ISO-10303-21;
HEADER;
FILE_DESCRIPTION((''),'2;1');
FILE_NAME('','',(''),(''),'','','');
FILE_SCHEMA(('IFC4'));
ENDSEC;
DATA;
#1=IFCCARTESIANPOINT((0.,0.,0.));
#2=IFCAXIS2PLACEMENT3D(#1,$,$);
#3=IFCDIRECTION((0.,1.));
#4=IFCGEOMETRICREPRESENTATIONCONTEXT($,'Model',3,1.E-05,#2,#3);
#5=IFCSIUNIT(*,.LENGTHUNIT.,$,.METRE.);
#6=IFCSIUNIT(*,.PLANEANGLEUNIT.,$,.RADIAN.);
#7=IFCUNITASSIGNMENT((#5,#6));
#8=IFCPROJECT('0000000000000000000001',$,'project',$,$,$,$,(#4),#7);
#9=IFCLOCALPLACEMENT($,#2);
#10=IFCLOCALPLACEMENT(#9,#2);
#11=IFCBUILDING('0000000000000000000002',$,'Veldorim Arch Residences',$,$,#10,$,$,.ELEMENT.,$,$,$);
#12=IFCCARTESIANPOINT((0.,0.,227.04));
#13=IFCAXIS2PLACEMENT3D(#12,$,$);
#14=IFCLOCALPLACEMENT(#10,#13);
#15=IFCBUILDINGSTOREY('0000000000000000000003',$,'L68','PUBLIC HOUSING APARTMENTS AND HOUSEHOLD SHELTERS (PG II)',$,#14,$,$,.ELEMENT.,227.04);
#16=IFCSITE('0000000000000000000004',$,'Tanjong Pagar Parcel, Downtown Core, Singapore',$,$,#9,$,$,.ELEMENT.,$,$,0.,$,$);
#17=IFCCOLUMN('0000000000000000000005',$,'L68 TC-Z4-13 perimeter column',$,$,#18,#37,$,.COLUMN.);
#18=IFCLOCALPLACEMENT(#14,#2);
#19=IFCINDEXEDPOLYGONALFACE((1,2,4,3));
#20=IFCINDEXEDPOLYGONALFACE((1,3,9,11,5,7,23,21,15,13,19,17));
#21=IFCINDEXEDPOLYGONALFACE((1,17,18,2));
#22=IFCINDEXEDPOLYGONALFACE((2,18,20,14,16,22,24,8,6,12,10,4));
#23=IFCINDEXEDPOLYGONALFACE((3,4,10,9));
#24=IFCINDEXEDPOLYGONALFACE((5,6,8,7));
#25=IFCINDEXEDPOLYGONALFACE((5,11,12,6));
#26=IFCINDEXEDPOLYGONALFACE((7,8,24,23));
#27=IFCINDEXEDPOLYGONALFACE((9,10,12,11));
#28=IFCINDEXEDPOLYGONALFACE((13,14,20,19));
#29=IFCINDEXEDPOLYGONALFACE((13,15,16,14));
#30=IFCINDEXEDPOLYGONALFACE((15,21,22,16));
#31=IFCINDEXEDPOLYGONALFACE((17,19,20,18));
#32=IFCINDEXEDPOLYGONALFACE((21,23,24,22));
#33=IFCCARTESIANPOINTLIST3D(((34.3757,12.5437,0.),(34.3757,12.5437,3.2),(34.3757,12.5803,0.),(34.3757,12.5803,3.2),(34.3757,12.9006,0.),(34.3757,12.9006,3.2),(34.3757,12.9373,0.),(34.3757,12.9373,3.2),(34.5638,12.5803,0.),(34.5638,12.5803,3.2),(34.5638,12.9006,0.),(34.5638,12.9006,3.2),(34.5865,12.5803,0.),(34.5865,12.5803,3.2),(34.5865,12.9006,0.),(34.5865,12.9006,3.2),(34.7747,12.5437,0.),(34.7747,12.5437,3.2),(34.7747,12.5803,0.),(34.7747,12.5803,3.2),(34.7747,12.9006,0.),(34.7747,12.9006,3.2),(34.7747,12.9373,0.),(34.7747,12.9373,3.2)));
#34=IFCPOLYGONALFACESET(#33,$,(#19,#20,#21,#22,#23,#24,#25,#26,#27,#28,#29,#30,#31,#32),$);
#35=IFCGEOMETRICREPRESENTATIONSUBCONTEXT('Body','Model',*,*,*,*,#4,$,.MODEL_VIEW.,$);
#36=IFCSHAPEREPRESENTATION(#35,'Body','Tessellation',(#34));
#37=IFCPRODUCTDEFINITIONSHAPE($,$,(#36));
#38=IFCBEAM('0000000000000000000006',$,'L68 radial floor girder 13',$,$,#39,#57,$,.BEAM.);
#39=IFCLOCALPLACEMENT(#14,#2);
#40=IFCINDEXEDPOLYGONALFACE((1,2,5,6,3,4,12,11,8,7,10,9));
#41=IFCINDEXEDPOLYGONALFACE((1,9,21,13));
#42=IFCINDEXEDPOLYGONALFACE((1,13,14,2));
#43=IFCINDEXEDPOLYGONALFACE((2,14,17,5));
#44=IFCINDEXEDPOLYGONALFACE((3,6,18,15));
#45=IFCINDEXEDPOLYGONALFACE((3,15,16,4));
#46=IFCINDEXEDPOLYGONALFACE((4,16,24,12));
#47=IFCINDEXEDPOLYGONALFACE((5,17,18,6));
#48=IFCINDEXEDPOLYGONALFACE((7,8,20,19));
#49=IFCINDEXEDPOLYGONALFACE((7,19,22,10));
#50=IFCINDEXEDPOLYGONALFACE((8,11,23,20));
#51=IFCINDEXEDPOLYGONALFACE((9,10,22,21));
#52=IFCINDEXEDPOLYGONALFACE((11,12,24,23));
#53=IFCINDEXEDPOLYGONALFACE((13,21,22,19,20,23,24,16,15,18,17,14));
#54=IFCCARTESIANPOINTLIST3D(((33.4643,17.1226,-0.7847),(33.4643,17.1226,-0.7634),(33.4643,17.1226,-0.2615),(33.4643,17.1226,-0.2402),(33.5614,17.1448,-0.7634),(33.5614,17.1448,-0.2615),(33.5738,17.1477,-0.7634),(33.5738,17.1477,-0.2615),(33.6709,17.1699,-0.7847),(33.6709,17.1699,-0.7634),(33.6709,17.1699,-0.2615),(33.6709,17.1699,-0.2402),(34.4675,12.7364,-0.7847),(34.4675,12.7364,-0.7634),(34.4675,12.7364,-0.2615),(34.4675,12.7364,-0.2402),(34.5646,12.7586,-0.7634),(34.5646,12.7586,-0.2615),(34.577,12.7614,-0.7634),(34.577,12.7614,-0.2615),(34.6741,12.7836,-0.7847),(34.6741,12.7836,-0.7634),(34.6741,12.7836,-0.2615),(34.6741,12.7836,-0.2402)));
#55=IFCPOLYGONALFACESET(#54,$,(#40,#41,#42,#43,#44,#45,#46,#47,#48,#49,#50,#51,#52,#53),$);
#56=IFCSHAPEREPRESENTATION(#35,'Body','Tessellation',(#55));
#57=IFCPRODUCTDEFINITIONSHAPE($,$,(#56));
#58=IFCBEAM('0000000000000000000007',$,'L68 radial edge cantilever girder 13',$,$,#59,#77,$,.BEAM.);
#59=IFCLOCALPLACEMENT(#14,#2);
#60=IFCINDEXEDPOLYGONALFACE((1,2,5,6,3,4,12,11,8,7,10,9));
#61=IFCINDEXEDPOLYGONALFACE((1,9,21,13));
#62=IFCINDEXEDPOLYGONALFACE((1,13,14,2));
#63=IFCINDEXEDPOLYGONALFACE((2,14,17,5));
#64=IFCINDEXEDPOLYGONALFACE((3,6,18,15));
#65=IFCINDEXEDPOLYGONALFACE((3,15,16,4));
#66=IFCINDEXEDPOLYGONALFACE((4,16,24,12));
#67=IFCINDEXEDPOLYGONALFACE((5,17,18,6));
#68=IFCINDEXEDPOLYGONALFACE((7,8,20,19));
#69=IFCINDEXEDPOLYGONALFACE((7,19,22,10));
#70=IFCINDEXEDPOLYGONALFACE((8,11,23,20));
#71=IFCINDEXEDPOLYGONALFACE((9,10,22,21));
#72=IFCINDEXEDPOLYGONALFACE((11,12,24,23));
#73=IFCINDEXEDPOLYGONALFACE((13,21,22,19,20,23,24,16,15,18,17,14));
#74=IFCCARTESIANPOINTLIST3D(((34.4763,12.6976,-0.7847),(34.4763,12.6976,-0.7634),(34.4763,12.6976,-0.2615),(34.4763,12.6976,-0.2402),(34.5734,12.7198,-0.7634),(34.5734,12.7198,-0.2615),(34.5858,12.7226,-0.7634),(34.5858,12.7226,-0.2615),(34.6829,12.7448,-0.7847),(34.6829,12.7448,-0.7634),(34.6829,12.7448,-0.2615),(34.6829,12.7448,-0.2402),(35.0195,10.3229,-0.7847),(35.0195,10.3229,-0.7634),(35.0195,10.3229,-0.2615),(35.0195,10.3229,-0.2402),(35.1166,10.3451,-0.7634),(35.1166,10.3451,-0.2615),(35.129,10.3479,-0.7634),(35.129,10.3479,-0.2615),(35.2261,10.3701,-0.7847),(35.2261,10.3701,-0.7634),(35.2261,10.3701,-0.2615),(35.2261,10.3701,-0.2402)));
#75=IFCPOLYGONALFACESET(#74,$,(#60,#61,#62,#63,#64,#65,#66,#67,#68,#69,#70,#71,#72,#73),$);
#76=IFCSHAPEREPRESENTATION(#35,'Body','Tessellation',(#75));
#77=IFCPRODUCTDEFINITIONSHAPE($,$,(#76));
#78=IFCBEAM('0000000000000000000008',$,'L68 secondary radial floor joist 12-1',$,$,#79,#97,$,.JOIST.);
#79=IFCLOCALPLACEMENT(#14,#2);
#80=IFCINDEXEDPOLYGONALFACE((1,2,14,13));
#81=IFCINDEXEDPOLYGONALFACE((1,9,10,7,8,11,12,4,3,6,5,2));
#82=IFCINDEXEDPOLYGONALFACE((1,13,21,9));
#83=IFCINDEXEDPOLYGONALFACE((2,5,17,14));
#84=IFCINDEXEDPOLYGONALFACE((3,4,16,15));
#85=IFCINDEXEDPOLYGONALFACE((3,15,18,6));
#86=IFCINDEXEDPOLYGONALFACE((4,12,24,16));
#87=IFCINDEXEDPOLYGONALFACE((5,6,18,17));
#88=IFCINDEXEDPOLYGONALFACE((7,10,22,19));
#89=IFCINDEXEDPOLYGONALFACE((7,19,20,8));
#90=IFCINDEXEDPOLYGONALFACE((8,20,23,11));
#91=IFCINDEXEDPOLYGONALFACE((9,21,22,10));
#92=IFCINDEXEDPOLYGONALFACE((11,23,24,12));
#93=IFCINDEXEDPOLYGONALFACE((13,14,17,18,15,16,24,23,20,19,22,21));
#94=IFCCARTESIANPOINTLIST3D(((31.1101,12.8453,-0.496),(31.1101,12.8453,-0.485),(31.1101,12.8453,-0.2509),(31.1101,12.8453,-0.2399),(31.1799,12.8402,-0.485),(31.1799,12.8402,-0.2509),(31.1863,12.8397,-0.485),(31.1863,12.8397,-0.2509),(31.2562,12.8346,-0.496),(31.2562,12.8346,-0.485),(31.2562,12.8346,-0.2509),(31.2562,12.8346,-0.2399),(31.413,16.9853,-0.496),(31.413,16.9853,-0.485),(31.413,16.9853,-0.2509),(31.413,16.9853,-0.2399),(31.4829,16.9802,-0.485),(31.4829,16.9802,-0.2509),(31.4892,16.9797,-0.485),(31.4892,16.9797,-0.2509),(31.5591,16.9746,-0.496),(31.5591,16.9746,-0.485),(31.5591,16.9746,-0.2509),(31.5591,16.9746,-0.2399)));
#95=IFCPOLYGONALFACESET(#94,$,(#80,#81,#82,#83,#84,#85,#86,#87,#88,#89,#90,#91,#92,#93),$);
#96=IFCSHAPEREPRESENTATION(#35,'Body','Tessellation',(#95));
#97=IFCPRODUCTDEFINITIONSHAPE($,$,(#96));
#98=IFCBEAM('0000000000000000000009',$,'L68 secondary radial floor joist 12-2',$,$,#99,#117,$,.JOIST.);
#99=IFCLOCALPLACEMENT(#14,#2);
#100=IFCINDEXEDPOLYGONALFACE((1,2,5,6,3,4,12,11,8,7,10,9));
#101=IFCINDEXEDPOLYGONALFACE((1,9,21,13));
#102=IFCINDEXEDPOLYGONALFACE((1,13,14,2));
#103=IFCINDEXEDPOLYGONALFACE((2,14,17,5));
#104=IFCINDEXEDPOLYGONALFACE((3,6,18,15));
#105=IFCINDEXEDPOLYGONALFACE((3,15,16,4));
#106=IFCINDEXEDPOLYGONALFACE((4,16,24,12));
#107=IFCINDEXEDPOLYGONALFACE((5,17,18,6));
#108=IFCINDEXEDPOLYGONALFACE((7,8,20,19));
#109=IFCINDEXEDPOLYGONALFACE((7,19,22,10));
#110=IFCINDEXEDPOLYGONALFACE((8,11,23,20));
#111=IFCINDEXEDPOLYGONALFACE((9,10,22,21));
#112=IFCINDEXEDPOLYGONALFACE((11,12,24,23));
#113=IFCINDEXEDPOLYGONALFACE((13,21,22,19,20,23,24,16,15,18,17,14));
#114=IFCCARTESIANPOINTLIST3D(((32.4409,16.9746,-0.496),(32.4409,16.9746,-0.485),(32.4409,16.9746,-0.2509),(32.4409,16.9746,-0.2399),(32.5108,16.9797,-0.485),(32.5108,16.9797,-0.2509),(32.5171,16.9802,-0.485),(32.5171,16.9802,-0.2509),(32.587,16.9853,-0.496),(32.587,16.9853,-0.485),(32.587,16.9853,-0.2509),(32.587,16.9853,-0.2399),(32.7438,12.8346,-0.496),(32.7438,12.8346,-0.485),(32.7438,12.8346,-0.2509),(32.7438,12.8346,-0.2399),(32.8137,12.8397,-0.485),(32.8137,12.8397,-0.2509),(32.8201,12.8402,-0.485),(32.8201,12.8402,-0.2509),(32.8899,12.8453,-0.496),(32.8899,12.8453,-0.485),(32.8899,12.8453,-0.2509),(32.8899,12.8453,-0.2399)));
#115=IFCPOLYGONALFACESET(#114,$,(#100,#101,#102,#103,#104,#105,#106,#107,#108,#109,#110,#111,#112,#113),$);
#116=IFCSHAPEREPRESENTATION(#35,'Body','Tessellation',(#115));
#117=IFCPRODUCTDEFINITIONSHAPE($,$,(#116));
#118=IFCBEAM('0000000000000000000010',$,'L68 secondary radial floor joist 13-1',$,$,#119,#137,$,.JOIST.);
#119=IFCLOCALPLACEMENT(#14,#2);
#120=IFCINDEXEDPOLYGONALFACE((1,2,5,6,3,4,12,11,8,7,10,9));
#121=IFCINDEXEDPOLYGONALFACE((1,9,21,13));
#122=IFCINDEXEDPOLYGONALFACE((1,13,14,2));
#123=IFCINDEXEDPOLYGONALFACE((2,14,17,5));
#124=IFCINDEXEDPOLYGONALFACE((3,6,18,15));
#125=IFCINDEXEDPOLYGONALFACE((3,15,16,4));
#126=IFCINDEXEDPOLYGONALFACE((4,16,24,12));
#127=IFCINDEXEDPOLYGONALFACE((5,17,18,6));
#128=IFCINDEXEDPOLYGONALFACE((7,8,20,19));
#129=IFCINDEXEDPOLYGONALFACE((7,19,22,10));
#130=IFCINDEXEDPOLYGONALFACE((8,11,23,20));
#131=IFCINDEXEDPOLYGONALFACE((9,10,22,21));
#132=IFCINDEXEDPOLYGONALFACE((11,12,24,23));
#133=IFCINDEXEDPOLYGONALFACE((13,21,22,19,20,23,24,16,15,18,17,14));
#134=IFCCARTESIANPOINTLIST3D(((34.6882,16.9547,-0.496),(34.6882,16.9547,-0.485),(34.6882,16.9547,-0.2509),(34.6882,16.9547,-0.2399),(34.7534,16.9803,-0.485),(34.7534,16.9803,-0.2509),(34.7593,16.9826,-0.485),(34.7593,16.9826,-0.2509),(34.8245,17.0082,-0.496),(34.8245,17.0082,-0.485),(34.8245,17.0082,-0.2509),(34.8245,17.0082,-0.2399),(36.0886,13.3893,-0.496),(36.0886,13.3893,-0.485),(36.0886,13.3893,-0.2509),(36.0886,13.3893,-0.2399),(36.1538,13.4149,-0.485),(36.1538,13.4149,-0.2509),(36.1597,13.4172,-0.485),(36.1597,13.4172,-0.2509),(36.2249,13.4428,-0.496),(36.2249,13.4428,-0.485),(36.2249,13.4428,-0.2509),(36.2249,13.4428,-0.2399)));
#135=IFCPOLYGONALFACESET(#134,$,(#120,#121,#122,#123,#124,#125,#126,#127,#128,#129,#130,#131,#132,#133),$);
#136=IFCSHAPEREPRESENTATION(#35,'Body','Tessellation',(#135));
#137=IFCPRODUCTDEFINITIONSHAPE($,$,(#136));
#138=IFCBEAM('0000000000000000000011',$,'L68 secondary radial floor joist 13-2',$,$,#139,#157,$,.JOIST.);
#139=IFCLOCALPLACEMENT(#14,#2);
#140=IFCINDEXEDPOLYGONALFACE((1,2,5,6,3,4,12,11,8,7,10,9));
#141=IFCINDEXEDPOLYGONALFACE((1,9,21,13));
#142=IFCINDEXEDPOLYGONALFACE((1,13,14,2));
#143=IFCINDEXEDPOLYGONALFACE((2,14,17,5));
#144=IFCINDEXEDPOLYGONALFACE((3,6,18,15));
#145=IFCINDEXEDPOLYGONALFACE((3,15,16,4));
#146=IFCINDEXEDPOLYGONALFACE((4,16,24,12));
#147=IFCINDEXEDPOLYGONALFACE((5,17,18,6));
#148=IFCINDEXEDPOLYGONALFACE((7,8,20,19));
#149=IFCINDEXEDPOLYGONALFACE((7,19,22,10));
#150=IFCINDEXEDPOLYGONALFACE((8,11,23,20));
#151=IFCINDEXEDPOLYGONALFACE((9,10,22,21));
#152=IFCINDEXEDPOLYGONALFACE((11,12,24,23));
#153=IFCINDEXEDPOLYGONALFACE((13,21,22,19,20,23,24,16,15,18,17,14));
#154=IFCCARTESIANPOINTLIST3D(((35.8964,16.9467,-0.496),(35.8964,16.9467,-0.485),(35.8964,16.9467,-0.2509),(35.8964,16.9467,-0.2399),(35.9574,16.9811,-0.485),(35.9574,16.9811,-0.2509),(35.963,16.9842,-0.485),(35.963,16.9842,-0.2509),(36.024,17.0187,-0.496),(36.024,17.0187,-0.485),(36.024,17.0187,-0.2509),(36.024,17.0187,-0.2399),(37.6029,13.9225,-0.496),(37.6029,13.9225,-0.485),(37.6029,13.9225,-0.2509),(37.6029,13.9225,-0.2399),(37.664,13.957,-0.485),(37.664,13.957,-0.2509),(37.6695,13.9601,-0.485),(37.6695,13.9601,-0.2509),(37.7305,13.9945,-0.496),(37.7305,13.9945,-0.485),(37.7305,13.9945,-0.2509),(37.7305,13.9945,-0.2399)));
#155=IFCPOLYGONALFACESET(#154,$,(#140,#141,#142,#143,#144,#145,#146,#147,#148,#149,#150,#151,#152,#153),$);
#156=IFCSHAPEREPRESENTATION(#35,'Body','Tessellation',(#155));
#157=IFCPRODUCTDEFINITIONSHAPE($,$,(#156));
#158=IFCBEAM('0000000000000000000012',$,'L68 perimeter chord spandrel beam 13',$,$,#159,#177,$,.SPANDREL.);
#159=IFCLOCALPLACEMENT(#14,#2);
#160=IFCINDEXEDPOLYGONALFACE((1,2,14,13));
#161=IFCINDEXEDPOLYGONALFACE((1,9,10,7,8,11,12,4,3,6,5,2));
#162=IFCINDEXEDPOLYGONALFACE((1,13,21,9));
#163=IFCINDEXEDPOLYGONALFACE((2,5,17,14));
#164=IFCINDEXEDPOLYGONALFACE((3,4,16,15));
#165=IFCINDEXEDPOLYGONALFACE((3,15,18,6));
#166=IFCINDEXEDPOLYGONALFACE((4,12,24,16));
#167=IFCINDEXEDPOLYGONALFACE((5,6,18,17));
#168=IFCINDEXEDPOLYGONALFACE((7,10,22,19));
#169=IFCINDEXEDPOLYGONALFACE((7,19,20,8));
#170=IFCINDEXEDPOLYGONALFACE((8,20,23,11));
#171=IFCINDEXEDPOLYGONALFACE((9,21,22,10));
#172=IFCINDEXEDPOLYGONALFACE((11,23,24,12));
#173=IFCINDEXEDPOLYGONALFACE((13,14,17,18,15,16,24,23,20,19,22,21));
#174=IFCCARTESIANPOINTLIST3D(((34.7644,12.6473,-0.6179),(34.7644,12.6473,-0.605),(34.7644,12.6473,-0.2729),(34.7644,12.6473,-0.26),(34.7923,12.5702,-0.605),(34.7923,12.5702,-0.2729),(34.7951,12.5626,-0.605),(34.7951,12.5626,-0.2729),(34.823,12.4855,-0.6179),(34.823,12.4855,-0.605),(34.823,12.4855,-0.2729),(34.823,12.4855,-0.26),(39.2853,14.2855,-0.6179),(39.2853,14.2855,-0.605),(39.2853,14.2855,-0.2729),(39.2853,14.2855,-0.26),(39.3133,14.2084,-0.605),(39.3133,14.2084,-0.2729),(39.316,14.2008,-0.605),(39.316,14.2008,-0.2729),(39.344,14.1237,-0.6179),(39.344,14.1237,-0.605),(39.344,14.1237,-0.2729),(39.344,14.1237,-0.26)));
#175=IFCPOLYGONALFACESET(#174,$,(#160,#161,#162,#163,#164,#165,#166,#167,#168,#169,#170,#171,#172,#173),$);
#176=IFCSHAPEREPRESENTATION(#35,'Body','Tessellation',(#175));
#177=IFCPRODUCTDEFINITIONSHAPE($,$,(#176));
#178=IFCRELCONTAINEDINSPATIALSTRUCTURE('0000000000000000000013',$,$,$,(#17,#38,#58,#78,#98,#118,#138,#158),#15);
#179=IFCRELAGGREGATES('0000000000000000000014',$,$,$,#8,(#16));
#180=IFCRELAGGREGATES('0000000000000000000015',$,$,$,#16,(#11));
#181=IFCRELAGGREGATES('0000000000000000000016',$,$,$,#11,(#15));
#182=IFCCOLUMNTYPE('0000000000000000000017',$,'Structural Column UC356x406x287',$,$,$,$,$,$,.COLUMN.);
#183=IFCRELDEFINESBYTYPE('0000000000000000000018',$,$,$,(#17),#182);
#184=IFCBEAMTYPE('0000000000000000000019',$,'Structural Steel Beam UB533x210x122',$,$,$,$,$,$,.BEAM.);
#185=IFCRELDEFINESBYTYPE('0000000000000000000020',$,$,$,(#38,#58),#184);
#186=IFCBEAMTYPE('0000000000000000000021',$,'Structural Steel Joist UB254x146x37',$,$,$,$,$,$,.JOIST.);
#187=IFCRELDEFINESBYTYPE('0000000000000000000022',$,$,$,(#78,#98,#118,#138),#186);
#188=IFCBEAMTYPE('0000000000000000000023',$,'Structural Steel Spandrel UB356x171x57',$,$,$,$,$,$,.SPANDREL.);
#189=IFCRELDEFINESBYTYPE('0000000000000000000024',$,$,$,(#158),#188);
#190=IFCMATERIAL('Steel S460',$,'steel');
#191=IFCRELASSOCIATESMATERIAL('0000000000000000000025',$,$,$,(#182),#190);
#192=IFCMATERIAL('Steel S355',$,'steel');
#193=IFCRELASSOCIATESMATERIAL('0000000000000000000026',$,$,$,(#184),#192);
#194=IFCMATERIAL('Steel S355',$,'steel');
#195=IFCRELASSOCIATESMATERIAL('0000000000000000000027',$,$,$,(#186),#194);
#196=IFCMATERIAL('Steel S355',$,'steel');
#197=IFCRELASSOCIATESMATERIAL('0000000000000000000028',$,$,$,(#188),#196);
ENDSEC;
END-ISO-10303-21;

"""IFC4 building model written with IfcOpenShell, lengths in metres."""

from ifc_helpers import new_model, si_unit, direction, frame, origin, origin_2d, place, context, subcontext, project, spatial, i_section, extrude, material, material_profile, profile_set, type_object, element, save


model = new_model("IFC4")

# Units and contexts
model_context = context("Model", 3, precision=1e-05, world=origin(), true_north=direction((0.0, 1.0)))
body_context = subcontext(model_context, "Body", "Model", "MODEL_VIEW")
ifc_project = project(units=[si_unit("LENGTHUNIT", "METRE"), si_unit("PLANEANGLEUNIT", "RADIAN")], contexts=[model_context])

# Site, building, storey
site_placement = place(None, origin())
site = spatial("IfcSite", under=ifc_project, at=site_placement, Name="Tanjong Pagar Parcel, Downtown Core, Singapore", CompositionType="ELEMENT", RefElevation=0.0)
building_placement = place(site_placement, origin())
building = spatial("IfcBuilding", under=site, at=building_placement, Name="Veldorim Arch Residences", CompositionType="ELEMENT")
storey_placement = place(building_placement, frame((0.0, 0.0, 227.04)))
storey = spatial("IfcBuildingStorey", under=building, at=storey_placement, Name="L68", Description="PUBLIC HOUSING APARTMENTS AND HOUSEHOLD SHELTERS (PG II)", CompositionType="ELEMENT", Elevation=227.04)

# Column
ifc_material_1 = material(Name="Steel S460", Category="steel")
ifc_material_profile_1 = material_profile(ifc_material_1, i_section(OverallWidth=0.3989, OverallDepth=0.3936, WebThickness=0.0227, FlangeThickness=0.0366, at=origin_2d()), Name="UC356x406x287")
ifc_profile_set_1 = profile_set([ifc_material_profile_1], Name="Steel S460")
column_type = type_object("IfcColumnType", Name="Structural Column UC356x406x287", PredefinedType="COLUMN", material=ifc_profile_set_1)
column_placement = place(storey_placement, frame((34.5752, 12.7405, 0.0), z_axis=(0.0, 0.0, 1.0), x_axis=(1.0, 0.0, 0.0)))
element("IfcColumn", 1, at=column_placement, inside=storey, type_object=column_type, Name="L68 TC-Z4-13 perimeter column", PredefinedType="COLUMN", context=body_context, shape_type="SweptSolid", body=[
    extrude(i_section(OverallWidth=0.3989, OverallDepth=0.3936, WebThickness=0.0227, FlangeThickness=0.0366, at=origin_2d()), origin(), (0.0, 0.0, 1.0), 3.2),
])

# Beams
ifc_material_2 = material(Name="Steel S355", Category="steel")
ifc_material_profile_2 = material_profile(ifc_material_2, i_section(OverallWidth=0.2119, OverallDepth=0.5444, WebThickness=0.0127, FlangeThickness=0.0212, at=origin_2d()), Name="UB533x210x122")
ifc_profile_set_2 = profile_set([ifc_material_profile_2], Name="Steel S355")
beam_type_1 = type_object("IfcBeamType", Name="Structural Steel Beam UB533x210x122", PredefinedType="BEAM", material=ifc_profile_set_2)
beam_1_placement = place(storey_placement, frame((33.5676, 17.1462, -0.5125), z_axis=(0.222953, -0.974829, 0.0), x_axis=(0.974829, 0.222953, 0.0)))
element("IfcBeam", 2, at=beam_1_placement, inside=storey, type_object=beam_type_1, Name="L68 radial floor girder 13", PredefinedType="BEAM", context=body_context, shape_type="SweptSolid", body=[
    extrude(i_section(OverallWidth=0.2119, OverallDepth=0.5444, WebThickness=0.0127, FlangeThickness=0.0212, at=origin_2d()), origin(), (0.0, 0.0, 1.0), 4.4995),
])
beam_2_placement = place(storey_placement, frame((34.5796, 12.7212, -0.5125), z_axis=(0.222985, -0.974822, 0.0), x_axis=(0.974822, 0.222985, 0.0)))
element("IfcBeam", 3, at=beam_2_placement, inside=storey, type_object=beam_type_1, Name="L68 radial edge cantilever girder 13", PredefinedType="BEAM", context=body_context, shape_type="SweptSolid", body=[
    extrude(i_section(OverallWidth=0.2119, OverallDepth=0.5444, WebThickness=0.0127, FlangeThickness=0.0212, at=origin_2d()), origin(), (0.0, 0.0, 1.0), 2.436),
])
ifc_material_3 = material(Name="Steel S355", Category="steel")
ifc_material_profile_3 = material_profile(ifc_material_3, i_section(OverallWidth=0.1465, OverallDepth=0.2561, WebThickness=0.0063, FlangeThickness=0.011, at=origin_2d()), Name="UB254x146x37")
ifc_profile_set_3 = profile_set([ifc_material_profile_3], Name="Steel S355")
beam_type_2 = type_object("IfcBeamType", Name="Structural Steel Joist UB254x146x37", PredefinedType="JOIST", material=ifc_profile_set_3)
for number, where, z_axis, x_axis, name in (
    (4, (31.4861, 16.98, -0.3679), (-0.072986, -0.997333, 0.0), (0.997333, -0.072986, 0.0), "L68 secondary radial floor joist 12-1"),
    (5, (32.5139, 16.98, -0.3679), (0.072986, -0.997333, 0.0), (0.997333, 0.072986, 0.0), "L68 secondary radial floor joist 12-2"),
):
    element("IfcBeam", number, at=place(storey_placement, frame(where, z_axis=z_axis, x_axis=x_axis)), inside=storey, type_object=beam_type_2, Name=name, PredefinedType="JOIST", context=body_context, shape_type="SweptSolid", body=[
        extrude(i_section(OverallWidth=0.1465, OverallDepth=0.2561, WebThickness=0.0063, FlangeThickness=0.011, at=origin_2d()), origin(), (0.0, 0.0, 1.0), 4.1511),
    ])
beam_3_placement = place(storey_placement, frame((34.7563, 16.9814, -0.3679), z_axis=(0.365581, -0.930779, 0.0), x_axis=(0.930779, 0.365581, 0.0)))
element("IfcBeam", 6, at=beam_3_placement, inside=storey, type_object=beam_type_2, Name="L68 secondary radial floor joist 13-1", PredefinedType="JOIST", context=body_context, shape_type="SweptSolid", body=[
    extrude(i_section(OverallWidth=0.1465, OverallDepth=0.2561, WebThickness=0.0063, FlangeThickness=0.011, at=origin_2d()), origin(), (0.0, 0.0, 1.0), 3.8306),
])
beam_4_placement = place(storey_placement, frame((35.9602, 16.9827, -0.3679), z_axis=(0.491452, -0.870904, 0.0), x_axis=(0.870904, 0.491452, 0.0)))
element("IfcBeam", 7, at=beam_4_placement, inside=storey, type_object=beam_type_2, Name="L68 secondary radial floor joist 13-2", PredefinedType="JOIST", context=body_context, shape_type="SweptSolid", body=[
    extrude(i_section(OverallWidth=0.1465, OverallDepth=0.2561, WebThickness=0.0063, FlangeThickness=0.011, at=origin_2d()), origin(), (0.0, 0.0, 1.0), 3.4724),
])
ifc_material_4 = material(Name="Steel S355", Category="steel")
ifc_material_profile_4 = material_profile(ifc_material_4, i_section(OverallWidth=0.1721, OverallDepth=0.3579, WebThickness=0.0081, FlangeThickness=0.0129, at=origin_2d()), Name="UB356x171x57")
ifc_profile_set_4 = profile_set([ifc_material_profile_4], Name="Steel S355")
beam_type_3 = type_object("IfcBeamType", Name="Structural Steel Spandrel UB356x171x57", PredefinedType="SPANDREL", material=ifc_profile_set_4)
beam_5_placement = place(storey_placement, frame((34.7937, 12.5664, -0.439), z_axis=(0.940181, 0.340675, 0.0), x_axis=(-0.340675, 0.940181, 0.0)))
element("IfcBeam", 8, at=beam_5_placement, inside=storey, type_object=beam_type_3, Name="L68 perimeter chord spandrel beam 13", PredefinedType="SPANDREL", context=body_context, shape_type="SweptSolid", body=[
    extrude(i_section(OverallWidth=0.1721, OverallDepth=0.3579, WebThickness=0.0081, FlangeThickness=0.0129, at=origin_2d()), origin(), (0.0, 0.0, 1.0), 4.8086),
])

save(model, "model.ifc")
